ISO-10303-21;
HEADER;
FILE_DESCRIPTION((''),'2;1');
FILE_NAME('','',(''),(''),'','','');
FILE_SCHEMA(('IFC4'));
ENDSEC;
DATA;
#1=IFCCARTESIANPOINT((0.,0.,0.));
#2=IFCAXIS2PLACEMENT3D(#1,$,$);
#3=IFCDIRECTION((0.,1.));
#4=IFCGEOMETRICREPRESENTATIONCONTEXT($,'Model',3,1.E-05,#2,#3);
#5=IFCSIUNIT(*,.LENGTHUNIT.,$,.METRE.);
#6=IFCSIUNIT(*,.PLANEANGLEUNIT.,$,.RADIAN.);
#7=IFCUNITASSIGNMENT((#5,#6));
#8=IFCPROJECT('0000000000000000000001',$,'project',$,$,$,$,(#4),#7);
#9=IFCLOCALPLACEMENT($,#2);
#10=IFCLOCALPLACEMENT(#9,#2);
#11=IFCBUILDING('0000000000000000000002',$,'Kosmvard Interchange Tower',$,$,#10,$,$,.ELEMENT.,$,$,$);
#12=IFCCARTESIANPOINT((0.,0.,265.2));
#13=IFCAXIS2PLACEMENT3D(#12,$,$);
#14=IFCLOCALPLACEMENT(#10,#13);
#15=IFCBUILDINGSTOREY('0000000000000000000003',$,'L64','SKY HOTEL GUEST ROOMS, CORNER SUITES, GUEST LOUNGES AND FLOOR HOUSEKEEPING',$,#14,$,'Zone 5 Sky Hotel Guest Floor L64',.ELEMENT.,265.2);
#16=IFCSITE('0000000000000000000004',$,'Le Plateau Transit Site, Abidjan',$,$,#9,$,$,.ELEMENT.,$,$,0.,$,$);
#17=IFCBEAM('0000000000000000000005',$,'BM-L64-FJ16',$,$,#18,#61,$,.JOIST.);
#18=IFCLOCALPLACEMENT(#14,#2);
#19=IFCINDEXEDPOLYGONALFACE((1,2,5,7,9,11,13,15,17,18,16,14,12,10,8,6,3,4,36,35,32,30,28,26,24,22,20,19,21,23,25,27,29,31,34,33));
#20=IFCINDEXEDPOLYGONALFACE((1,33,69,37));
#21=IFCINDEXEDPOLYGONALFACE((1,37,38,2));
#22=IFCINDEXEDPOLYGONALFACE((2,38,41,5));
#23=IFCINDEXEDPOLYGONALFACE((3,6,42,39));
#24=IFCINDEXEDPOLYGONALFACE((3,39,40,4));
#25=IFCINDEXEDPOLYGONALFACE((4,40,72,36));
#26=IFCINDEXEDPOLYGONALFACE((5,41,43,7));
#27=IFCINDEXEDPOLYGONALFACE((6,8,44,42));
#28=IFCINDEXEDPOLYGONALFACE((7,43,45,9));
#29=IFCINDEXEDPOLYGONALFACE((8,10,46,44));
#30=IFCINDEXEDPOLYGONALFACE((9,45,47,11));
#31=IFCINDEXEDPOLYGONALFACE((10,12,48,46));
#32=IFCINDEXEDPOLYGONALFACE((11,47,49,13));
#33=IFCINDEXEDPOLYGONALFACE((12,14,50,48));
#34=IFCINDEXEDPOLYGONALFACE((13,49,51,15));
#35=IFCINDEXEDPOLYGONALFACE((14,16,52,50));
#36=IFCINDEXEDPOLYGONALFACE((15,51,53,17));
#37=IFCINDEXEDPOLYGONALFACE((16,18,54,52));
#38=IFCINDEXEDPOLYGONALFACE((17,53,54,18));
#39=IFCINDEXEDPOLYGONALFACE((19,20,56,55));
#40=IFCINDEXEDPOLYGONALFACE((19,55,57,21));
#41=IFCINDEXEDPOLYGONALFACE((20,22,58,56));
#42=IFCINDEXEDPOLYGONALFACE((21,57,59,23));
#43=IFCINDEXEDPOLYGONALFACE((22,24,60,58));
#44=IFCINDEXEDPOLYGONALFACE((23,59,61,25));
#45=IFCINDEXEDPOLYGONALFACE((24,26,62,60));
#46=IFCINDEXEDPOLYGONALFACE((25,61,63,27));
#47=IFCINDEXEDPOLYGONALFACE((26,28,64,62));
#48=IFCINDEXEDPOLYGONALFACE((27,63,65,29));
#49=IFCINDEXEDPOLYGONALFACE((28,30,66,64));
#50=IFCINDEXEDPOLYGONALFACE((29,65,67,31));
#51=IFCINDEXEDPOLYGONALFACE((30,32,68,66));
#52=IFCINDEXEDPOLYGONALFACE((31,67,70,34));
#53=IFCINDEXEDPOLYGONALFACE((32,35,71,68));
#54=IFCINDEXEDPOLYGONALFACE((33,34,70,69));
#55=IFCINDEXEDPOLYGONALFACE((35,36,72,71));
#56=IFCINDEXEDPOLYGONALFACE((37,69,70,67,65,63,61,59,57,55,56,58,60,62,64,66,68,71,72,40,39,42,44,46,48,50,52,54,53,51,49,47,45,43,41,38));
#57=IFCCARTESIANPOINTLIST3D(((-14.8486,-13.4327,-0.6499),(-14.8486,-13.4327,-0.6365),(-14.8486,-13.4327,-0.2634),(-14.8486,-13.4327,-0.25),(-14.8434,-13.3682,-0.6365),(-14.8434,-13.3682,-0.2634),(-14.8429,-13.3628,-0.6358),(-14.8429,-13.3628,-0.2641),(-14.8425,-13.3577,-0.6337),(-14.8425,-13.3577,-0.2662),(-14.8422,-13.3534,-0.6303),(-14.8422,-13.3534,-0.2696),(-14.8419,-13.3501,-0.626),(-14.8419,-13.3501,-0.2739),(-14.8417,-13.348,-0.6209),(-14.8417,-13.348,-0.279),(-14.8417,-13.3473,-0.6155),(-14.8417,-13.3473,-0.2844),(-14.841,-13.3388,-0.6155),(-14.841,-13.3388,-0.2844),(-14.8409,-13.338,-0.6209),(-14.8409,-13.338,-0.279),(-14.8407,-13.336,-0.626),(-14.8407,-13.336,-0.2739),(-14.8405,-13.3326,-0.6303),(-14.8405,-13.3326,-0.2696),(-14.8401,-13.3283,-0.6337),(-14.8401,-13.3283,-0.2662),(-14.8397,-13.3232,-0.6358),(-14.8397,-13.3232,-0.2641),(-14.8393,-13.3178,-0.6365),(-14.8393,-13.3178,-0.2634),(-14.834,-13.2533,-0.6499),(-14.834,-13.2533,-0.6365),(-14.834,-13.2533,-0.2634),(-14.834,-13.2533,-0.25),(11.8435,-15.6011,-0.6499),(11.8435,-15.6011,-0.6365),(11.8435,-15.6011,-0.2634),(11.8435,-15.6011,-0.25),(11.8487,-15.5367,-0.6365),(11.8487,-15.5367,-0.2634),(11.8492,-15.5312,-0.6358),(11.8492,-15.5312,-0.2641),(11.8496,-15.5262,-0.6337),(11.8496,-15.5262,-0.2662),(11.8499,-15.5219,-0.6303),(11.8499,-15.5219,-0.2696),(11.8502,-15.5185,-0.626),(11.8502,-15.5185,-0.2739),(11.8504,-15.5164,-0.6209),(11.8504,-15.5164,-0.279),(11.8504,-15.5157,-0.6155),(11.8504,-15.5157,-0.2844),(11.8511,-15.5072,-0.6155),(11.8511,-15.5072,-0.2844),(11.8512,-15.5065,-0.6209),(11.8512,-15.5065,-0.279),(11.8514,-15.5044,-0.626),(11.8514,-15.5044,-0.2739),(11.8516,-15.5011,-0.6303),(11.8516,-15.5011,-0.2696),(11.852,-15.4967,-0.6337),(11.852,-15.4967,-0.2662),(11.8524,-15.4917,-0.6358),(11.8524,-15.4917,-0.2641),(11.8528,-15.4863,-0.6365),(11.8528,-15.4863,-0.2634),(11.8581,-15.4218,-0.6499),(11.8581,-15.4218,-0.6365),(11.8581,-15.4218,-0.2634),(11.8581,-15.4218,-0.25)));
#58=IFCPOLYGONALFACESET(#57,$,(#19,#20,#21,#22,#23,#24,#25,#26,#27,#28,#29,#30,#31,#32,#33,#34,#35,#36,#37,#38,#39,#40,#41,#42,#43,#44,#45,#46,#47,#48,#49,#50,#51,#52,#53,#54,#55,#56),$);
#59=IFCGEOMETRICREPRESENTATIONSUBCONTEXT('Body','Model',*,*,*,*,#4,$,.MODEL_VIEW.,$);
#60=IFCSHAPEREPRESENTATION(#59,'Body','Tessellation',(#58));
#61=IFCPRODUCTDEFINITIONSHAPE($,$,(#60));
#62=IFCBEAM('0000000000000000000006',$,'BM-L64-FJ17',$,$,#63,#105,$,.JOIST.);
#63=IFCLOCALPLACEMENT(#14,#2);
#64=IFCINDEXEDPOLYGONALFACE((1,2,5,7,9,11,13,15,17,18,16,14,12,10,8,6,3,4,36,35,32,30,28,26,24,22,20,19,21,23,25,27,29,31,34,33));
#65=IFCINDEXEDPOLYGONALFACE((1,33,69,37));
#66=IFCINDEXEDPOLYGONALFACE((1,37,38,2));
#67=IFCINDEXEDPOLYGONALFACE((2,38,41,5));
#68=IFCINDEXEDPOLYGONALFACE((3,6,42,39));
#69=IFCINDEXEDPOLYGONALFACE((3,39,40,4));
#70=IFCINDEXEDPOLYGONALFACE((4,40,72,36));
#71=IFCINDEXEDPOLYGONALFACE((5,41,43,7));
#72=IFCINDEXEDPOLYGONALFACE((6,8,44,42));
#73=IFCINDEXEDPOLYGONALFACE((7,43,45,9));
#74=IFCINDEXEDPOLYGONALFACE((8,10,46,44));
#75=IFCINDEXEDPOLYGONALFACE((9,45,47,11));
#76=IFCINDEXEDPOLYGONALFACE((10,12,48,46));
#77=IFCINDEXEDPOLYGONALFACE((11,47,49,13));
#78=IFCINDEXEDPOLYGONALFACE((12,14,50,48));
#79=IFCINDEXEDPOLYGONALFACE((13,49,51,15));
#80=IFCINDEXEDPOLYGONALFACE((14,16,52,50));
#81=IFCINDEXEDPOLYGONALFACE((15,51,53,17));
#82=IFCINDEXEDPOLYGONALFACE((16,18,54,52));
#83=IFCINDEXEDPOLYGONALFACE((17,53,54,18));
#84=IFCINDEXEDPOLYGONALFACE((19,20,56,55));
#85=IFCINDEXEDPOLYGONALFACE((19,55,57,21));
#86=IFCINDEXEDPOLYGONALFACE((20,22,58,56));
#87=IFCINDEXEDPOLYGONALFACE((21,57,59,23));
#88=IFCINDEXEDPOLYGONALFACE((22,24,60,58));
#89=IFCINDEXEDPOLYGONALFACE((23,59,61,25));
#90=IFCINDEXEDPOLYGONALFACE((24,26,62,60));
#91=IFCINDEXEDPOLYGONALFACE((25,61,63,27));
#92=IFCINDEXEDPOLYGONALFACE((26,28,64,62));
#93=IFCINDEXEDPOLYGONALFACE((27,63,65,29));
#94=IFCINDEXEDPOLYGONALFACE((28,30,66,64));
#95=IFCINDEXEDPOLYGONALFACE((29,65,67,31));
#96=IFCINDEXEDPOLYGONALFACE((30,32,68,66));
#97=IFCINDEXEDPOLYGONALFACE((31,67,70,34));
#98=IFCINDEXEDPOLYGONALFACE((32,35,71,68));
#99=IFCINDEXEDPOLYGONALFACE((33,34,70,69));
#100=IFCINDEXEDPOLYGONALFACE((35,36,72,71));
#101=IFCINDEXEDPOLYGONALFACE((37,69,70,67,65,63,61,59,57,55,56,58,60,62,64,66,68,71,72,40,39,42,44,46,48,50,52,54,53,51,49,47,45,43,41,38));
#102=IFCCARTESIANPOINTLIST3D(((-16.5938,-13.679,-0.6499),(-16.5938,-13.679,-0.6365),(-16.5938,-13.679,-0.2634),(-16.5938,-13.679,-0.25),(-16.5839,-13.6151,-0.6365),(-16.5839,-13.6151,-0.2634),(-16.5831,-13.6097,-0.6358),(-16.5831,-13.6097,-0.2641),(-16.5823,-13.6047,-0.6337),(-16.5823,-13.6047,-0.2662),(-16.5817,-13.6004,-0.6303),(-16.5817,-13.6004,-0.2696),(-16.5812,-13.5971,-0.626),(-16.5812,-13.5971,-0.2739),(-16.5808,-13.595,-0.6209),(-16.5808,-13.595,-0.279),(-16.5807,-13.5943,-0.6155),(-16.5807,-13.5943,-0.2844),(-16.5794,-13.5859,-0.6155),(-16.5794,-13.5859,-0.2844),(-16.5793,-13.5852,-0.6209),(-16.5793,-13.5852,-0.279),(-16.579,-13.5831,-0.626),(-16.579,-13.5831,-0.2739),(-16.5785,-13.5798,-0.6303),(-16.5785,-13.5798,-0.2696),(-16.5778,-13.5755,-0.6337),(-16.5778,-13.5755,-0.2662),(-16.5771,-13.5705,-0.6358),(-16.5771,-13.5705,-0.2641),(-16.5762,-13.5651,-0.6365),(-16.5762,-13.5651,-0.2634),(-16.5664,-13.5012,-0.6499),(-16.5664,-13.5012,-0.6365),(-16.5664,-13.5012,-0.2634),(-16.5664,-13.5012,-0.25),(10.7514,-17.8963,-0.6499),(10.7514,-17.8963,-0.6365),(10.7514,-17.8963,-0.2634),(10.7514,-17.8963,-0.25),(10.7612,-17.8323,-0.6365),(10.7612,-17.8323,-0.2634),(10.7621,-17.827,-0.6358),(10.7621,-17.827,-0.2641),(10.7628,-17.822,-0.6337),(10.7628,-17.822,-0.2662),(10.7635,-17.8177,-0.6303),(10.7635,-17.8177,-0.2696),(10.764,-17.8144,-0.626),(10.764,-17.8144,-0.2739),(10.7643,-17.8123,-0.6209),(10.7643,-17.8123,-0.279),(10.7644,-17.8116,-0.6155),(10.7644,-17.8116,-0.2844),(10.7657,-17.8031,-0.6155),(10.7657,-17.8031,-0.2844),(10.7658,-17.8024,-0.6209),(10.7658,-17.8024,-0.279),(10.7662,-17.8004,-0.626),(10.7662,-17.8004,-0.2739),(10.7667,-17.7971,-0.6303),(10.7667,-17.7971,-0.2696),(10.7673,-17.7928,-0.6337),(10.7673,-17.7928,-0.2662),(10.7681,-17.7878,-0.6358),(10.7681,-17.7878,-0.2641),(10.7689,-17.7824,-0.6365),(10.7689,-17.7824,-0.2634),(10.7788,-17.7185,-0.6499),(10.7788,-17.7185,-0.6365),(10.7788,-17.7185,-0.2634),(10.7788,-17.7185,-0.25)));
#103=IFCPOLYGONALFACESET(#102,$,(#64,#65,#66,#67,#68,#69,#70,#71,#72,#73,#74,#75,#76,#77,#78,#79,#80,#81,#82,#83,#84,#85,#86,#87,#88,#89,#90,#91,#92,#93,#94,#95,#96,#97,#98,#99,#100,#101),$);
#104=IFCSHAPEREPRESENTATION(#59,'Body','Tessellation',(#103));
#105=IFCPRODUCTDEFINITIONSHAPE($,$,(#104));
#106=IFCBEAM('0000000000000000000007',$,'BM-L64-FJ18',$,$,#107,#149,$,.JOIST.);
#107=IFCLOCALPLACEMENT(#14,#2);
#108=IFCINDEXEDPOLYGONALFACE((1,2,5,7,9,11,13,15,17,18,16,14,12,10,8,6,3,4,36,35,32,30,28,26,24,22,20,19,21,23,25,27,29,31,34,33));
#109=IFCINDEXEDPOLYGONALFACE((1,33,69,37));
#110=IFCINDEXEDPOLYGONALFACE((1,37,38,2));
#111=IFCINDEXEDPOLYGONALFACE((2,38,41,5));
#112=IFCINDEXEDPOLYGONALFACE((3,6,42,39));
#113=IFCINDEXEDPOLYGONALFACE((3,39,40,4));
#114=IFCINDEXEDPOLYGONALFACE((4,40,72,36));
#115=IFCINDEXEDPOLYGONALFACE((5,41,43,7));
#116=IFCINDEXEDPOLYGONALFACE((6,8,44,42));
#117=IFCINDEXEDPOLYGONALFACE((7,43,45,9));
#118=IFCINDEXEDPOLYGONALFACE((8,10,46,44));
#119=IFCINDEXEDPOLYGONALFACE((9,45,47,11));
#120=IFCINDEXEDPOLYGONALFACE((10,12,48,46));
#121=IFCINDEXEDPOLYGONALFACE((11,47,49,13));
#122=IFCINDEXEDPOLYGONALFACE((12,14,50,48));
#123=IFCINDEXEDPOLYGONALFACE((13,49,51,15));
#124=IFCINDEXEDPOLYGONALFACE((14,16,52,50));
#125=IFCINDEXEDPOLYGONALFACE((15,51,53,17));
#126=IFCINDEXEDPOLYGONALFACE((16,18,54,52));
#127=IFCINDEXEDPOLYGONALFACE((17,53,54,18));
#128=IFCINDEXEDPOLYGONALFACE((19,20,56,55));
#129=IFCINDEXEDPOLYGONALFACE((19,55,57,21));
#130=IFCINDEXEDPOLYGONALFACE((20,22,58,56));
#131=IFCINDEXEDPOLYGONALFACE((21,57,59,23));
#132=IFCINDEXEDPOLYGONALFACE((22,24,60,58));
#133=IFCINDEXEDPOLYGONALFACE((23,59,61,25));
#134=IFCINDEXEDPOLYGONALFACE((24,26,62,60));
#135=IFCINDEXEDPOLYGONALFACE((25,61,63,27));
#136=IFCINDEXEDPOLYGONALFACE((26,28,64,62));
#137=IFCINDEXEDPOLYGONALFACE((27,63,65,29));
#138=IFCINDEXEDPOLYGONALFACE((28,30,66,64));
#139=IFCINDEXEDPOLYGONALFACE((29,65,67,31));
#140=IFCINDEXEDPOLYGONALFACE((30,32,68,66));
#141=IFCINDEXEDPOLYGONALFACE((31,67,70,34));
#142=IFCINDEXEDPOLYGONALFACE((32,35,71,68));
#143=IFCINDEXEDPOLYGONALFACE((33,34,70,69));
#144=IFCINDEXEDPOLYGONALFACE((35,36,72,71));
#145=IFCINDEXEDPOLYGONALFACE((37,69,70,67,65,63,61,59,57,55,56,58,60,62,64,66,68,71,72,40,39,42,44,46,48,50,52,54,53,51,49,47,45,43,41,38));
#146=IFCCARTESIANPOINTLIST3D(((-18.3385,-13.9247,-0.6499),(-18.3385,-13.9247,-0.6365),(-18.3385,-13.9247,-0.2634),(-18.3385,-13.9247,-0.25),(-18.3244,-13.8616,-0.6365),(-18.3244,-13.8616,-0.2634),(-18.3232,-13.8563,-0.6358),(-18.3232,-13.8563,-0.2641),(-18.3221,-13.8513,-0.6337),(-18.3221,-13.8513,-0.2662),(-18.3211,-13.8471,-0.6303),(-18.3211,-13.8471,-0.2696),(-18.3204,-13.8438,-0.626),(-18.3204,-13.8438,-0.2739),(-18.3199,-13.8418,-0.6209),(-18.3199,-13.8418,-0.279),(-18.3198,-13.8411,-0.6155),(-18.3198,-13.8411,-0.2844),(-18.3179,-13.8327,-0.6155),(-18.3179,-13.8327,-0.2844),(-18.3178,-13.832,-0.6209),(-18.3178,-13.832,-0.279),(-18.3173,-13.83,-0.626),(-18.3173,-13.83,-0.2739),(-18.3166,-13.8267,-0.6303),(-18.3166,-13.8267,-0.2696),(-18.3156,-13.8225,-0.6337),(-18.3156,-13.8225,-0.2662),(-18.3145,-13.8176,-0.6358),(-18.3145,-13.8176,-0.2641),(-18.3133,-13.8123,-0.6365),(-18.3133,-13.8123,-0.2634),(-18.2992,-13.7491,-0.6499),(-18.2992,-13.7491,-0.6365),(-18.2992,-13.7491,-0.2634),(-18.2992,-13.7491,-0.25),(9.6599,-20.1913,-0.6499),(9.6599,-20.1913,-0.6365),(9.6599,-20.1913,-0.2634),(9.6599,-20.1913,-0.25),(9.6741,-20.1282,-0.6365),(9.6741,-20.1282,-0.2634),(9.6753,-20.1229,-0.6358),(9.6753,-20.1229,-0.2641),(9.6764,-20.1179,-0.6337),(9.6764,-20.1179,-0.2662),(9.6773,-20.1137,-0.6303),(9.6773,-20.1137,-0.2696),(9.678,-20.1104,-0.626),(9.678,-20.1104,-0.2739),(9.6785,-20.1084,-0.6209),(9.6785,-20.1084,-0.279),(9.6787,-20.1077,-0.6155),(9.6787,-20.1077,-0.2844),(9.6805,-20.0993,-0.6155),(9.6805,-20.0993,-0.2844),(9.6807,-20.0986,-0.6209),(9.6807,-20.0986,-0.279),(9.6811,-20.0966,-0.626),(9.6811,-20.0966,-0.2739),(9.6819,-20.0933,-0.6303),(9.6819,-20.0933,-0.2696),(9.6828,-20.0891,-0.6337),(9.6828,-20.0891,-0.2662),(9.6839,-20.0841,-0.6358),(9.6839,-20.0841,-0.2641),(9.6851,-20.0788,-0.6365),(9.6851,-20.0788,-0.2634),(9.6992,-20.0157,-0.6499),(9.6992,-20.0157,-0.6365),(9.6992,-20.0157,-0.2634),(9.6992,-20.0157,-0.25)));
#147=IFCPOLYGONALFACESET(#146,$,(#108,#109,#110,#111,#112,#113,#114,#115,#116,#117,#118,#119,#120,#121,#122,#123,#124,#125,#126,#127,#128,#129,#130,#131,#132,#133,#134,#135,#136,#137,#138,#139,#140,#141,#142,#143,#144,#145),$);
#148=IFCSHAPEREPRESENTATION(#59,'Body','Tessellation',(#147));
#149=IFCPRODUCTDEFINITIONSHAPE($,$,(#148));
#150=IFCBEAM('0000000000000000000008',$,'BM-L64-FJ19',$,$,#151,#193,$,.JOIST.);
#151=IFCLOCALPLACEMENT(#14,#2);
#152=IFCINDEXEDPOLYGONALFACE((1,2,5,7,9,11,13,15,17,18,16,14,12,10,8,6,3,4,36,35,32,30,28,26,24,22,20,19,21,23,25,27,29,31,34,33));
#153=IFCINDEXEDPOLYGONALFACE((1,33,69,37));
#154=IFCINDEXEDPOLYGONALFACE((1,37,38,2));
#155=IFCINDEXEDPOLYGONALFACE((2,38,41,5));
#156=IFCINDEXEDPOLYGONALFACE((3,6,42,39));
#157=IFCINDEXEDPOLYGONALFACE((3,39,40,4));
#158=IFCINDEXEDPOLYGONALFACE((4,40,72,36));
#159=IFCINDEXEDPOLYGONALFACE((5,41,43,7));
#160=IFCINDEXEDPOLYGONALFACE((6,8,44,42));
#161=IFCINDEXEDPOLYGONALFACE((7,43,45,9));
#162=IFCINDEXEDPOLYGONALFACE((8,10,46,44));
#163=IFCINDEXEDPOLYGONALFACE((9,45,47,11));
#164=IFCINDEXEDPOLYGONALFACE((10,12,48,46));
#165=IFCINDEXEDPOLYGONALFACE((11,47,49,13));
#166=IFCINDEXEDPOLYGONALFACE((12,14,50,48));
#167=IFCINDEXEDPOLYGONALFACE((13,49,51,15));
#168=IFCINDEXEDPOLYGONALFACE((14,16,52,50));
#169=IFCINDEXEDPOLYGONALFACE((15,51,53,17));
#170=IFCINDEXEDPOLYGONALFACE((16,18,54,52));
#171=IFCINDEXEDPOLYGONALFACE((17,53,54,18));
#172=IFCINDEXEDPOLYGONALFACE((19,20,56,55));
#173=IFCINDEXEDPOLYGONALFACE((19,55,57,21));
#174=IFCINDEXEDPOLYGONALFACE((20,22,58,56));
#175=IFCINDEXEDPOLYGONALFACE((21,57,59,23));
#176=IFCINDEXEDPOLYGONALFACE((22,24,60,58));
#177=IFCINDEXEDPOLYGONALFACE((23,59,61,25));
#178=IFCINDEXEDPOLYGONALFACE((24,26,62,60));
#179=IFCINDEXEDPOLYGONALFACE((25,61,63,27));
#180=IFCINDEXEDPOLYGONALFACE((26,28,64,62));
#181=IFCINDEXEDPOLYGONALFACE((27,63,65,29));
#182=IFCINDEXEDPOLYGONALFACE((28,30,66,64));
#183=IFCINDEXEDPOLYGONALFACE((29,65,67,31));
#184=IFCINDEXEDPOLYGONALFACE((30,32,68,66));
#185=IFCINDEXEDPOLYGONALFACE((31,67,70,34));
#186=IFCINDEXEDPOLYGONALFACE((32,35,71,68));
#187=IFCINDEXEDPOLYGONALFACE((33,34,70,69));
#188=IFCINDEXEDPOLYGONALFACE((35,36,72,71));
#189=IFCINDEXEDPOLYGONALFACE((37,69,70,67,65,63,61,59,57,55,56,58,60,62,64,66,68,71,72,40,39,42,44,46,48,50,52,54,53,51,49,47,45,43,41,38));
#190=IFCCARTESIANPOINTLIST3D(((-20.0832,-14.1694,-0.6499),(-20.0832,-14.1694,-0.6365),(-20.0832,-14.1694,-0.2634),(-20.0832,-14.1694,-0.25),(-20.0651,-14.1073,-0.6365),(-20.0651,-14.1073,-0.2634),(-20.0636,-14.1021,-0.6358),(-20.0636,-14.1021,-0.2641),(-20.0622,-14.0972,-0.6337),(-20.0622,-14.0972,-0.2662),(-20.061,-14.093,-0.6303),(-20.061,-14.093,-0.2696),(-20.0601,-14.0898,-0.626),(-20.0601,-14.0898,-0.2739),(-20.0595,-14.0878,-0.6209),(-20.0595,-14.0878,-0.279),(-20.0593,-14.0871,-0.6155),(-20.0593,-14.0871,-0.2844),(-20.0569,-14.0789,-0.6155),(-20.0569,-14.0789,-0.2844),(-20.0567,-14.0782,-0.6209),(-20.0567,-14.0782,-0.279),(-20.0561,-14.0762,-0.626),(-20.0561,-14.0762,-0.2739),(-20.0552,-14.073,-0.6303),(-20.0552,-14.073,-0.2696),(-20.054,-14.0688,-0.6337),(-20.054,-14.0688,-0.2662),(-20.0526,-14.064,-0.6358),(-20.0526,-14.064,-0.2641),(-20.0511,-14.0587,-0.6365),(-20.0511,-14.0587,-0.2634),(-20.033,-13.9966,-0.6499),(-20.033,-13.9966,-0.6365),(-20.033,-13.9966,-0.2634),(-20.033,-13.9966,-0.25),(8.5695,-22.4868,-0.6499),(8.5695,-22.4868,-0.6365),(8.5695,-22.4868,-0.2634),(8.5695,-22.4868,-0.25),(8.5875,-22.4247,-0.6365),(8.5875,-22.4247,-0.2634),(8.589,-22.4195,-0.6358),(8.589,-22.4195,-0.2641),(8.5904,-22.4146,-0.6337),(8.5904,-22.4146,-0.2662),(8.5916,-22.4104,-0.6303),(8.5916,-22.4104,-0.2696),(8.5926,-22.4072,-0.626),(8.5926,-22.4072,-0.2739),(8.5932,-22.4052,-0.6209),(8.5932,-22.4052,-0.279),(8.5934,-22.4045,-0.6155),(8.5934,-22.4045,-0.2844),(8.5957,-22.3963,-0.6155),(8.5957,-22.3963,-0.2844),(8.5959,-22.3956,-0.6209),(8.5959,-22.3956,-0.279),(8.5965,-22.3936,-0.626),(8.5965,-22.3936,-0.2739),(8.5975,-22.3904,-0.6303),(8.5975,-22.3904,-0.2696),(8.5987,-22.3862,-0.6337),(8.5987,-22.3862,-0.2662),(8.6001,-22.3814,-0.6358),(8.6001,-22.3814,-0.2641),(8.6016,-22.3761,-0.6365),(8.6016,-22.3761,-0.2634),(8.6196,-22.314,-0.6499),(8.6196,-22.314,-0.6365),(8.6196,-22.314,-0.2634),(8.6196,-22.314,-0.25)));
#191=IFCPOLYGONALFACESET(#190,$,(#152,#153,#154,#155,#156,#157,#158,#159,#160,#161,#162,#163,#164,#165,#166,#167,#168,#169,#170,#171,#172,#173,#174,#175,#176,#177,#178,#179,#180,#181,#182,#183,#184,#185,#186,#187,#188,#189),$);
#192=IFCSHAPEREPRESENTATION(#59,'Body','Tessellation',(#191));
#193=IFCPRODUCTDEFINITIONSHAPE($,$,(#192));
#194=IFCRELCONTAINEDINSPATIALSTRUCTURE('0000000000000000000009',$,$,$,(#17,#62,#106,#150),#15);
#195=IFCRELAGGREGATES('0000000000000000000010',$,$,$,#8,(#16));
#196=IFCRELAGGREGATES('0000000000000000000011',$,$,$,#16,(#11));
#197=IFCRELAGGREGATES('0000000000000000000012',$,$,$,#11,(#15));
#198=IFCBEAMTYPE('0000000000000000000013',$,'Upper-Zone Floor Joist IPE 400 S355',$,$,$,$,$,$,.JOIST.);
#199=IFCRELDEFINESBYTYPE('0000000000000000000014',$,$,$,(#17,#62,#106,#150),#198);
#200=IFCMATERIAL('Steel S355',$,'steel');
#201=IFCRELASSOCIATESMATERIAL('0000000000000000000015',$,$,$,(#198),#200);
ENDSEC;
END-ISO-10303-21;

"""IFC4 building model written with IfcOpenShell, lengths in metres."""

from ifc_helpers import new_model, si_unit, direction, frame, origin, origin_2d, place, context, subcontext, project, spatial, i_section, extrude, source, transform, mapped, material, material_profile, profile_set, type_object, element, save


model = new_model("IFC4")

# Units and contexts
model_context = context("Model", 3, precision=1e-05, world=origin(), true_north=direction((0.0, 1.0)))
body_context = subcontext(model_context, "Body", "Model", "MODEL_VIEW")
ifc_project = project(units=[si_unit("LENGTHUNIT", "METRE"), si_unit("PLANEANGLEUNIT", "RADIAN")], contexts=[model_context])

# Site, building, storey
site_placement = place(None, origin())
site = spatial("IfcSite", under=ifc_project, at=site_placement, Name="Le Plateau Transit Site, Abidjan", CompositionType="ELEMENT", RefElevation=0.0)
building_placement = place(site_placement, origin())
building = spatial("IfcBuilding", under=site, at=building_placement, Name="Kosmvard Interchange Tower", CompositionType="ELEMENT")
storey_placement = place(building_placement, frame((0.0, 0.0, 265.2)))
storey = spatial("IfcBuildingStorey", under=building, at=storey_placement, Name="L64", Description="SKY HOTEL GUEST ROOMS, CORNER SUITES, GUEST LOUNGES AND FLOOR HOUSEKEEPING", LongName="Zone 5 Sky Hotel Guest Floor L64", CompositionType="ELEMENT", Elevation=265.2)

# Beams
ifc_material_1 = material(Name="Steel S355", Category="steel")
ifc_material_profile_1 = material_profile(ifc_material_1, i_section(OverallWidth=0.1799, OverallDepth=0.3999, WebThickness=0.0085, FlangeThickness=0.0134, FilletRadius=0.021, at=origin_2d()), Name="IPE 400")
ifc_profile_set_1 = profile_set([ifc_material_profile_1], Name="Steel S355")
beam_type_1 = type_object("IfcBeamType", Name="Upper-Zone Floor Joist IPE 400 S355", PredefinedType="JOIST", material=ifc_profile_set_1)
shared_shape_1 = source(origin(), body_context, "Body", "SweptSolid", [
    extrude(i_section(OverallWidth=0.1799, OverallDepth=0.3999, WebThickness=0.0085, FlangeThickness=0.0134, FilletRadius=0.021, at=origin_2d()), origin(), (0.0, 0.0, 1.0), 26.78),
])
beam_1_placement = place(storey_placement, frame((-14.8413, -13.343, -0.45), z_axis=(0.996716, -0.080973, 0.0), x_axis=(0.080973, 0.996716, 0.0)))
element("IfcBeam", 1, at=beam_1_placement, inside=storey, type_object=beam_type_1, Name="BM-L64-FJ16", PredefinedType="JOIST", context=body_context, shape_type="MappedRepresentation", body=[
    mapped(shared_shape_1, transform((0.0, 0.0, 0.0), scale=1.0)),
])
shared_shape_2 = source(origin(), body_context, "Body", "SweptSolid", [
    extrude(i_section(OverallWidth=0.1799, OverallDepth=0.3999, WebThickness=0.0085, FlangeThickness=0.0134, FilletRadius=0.021, at=origin_2d()), origin(), (0.0, 0.0, 1.0), 27.6685),
])
beam_2_placement = place(storey_placement, frame((-16.5801, -13.5901, -0.45), z_axis=(0.988316, -0.152422, 0.0), x_axis=(0.152422, 0.988316, 0.0)))
element("IfcBeam", 2, at=beam_2_placement, inside=storey, type_object=beam_type_1, Name="BM-L64-FJ17", PredefinedType="JOIST", context=body_context, shape_type="MappedRepresentation", body=[
    mapped(shared_shape_2, transform((0.0, 0.0, 0.0), scale=1.0)),
])
shared_shape_3 = source(origin(), body_context, "Body", "SweptSolid", [
    extrude(i_section(OverallWidth=0.1799, OverallDepth=0.3999, WebThickness=0.0085, FlangeThickness=0.0134, FilletRadius=0.021, at=origin_2d()), origin(), (0.0, 0.0, 1.0), 28.6912),
])
beam_3_placement = place(storey_placement, frame((-18.3188, -13.8369, -0.45), z_axis=(0.975856, -0.218415, 0.0), x_axis=(0.218415, 0.975856, 0.0)))
element("IfcBeam", 3, at=beam_3_placement, inside=storey, type_object=beam_type_1, Name="BM-L64-FJ18", PredefinedType="JOIST", context=body_context, shape_type="MappedRepresentation", body=[
    mapped(shared_shape_3, transform((0.0, 0.0, 0.0), scale=1.0)),
])
shared_shape_4 = source(origin(), body_context, "Body", "SweptSolid", [
    extrude(i_section(OverallWidth=0.1799, OverallDepth=0.3999, WebThickness=0.0085, FlangeThickness=0.0134, FilletRadius=0.021, at=origin_2d()), origin(), (0.0, 0.0, 1.0), 29.8354),
])
beam_4_placement = place(storey_placement, frame((-20.0581, -14.083, -0.45), z_axis=(0.960356, -0.278776, 0.0), x_axis=(0.278776, 0.960356, 0.0)))
element("IfcBeam", 4, at=beam_4_placement, inside=storey, type_object=beam_type_1, Name="BM-L64-FJ19", PredefinedType="JOIST", context=body_context, shape_type="MappedRepresentation", body=[
    mapped(shared_shape_4, transform((0.0, 0.0, 0.0), scale=1.0)),
])

save(model, "model.ifc")
